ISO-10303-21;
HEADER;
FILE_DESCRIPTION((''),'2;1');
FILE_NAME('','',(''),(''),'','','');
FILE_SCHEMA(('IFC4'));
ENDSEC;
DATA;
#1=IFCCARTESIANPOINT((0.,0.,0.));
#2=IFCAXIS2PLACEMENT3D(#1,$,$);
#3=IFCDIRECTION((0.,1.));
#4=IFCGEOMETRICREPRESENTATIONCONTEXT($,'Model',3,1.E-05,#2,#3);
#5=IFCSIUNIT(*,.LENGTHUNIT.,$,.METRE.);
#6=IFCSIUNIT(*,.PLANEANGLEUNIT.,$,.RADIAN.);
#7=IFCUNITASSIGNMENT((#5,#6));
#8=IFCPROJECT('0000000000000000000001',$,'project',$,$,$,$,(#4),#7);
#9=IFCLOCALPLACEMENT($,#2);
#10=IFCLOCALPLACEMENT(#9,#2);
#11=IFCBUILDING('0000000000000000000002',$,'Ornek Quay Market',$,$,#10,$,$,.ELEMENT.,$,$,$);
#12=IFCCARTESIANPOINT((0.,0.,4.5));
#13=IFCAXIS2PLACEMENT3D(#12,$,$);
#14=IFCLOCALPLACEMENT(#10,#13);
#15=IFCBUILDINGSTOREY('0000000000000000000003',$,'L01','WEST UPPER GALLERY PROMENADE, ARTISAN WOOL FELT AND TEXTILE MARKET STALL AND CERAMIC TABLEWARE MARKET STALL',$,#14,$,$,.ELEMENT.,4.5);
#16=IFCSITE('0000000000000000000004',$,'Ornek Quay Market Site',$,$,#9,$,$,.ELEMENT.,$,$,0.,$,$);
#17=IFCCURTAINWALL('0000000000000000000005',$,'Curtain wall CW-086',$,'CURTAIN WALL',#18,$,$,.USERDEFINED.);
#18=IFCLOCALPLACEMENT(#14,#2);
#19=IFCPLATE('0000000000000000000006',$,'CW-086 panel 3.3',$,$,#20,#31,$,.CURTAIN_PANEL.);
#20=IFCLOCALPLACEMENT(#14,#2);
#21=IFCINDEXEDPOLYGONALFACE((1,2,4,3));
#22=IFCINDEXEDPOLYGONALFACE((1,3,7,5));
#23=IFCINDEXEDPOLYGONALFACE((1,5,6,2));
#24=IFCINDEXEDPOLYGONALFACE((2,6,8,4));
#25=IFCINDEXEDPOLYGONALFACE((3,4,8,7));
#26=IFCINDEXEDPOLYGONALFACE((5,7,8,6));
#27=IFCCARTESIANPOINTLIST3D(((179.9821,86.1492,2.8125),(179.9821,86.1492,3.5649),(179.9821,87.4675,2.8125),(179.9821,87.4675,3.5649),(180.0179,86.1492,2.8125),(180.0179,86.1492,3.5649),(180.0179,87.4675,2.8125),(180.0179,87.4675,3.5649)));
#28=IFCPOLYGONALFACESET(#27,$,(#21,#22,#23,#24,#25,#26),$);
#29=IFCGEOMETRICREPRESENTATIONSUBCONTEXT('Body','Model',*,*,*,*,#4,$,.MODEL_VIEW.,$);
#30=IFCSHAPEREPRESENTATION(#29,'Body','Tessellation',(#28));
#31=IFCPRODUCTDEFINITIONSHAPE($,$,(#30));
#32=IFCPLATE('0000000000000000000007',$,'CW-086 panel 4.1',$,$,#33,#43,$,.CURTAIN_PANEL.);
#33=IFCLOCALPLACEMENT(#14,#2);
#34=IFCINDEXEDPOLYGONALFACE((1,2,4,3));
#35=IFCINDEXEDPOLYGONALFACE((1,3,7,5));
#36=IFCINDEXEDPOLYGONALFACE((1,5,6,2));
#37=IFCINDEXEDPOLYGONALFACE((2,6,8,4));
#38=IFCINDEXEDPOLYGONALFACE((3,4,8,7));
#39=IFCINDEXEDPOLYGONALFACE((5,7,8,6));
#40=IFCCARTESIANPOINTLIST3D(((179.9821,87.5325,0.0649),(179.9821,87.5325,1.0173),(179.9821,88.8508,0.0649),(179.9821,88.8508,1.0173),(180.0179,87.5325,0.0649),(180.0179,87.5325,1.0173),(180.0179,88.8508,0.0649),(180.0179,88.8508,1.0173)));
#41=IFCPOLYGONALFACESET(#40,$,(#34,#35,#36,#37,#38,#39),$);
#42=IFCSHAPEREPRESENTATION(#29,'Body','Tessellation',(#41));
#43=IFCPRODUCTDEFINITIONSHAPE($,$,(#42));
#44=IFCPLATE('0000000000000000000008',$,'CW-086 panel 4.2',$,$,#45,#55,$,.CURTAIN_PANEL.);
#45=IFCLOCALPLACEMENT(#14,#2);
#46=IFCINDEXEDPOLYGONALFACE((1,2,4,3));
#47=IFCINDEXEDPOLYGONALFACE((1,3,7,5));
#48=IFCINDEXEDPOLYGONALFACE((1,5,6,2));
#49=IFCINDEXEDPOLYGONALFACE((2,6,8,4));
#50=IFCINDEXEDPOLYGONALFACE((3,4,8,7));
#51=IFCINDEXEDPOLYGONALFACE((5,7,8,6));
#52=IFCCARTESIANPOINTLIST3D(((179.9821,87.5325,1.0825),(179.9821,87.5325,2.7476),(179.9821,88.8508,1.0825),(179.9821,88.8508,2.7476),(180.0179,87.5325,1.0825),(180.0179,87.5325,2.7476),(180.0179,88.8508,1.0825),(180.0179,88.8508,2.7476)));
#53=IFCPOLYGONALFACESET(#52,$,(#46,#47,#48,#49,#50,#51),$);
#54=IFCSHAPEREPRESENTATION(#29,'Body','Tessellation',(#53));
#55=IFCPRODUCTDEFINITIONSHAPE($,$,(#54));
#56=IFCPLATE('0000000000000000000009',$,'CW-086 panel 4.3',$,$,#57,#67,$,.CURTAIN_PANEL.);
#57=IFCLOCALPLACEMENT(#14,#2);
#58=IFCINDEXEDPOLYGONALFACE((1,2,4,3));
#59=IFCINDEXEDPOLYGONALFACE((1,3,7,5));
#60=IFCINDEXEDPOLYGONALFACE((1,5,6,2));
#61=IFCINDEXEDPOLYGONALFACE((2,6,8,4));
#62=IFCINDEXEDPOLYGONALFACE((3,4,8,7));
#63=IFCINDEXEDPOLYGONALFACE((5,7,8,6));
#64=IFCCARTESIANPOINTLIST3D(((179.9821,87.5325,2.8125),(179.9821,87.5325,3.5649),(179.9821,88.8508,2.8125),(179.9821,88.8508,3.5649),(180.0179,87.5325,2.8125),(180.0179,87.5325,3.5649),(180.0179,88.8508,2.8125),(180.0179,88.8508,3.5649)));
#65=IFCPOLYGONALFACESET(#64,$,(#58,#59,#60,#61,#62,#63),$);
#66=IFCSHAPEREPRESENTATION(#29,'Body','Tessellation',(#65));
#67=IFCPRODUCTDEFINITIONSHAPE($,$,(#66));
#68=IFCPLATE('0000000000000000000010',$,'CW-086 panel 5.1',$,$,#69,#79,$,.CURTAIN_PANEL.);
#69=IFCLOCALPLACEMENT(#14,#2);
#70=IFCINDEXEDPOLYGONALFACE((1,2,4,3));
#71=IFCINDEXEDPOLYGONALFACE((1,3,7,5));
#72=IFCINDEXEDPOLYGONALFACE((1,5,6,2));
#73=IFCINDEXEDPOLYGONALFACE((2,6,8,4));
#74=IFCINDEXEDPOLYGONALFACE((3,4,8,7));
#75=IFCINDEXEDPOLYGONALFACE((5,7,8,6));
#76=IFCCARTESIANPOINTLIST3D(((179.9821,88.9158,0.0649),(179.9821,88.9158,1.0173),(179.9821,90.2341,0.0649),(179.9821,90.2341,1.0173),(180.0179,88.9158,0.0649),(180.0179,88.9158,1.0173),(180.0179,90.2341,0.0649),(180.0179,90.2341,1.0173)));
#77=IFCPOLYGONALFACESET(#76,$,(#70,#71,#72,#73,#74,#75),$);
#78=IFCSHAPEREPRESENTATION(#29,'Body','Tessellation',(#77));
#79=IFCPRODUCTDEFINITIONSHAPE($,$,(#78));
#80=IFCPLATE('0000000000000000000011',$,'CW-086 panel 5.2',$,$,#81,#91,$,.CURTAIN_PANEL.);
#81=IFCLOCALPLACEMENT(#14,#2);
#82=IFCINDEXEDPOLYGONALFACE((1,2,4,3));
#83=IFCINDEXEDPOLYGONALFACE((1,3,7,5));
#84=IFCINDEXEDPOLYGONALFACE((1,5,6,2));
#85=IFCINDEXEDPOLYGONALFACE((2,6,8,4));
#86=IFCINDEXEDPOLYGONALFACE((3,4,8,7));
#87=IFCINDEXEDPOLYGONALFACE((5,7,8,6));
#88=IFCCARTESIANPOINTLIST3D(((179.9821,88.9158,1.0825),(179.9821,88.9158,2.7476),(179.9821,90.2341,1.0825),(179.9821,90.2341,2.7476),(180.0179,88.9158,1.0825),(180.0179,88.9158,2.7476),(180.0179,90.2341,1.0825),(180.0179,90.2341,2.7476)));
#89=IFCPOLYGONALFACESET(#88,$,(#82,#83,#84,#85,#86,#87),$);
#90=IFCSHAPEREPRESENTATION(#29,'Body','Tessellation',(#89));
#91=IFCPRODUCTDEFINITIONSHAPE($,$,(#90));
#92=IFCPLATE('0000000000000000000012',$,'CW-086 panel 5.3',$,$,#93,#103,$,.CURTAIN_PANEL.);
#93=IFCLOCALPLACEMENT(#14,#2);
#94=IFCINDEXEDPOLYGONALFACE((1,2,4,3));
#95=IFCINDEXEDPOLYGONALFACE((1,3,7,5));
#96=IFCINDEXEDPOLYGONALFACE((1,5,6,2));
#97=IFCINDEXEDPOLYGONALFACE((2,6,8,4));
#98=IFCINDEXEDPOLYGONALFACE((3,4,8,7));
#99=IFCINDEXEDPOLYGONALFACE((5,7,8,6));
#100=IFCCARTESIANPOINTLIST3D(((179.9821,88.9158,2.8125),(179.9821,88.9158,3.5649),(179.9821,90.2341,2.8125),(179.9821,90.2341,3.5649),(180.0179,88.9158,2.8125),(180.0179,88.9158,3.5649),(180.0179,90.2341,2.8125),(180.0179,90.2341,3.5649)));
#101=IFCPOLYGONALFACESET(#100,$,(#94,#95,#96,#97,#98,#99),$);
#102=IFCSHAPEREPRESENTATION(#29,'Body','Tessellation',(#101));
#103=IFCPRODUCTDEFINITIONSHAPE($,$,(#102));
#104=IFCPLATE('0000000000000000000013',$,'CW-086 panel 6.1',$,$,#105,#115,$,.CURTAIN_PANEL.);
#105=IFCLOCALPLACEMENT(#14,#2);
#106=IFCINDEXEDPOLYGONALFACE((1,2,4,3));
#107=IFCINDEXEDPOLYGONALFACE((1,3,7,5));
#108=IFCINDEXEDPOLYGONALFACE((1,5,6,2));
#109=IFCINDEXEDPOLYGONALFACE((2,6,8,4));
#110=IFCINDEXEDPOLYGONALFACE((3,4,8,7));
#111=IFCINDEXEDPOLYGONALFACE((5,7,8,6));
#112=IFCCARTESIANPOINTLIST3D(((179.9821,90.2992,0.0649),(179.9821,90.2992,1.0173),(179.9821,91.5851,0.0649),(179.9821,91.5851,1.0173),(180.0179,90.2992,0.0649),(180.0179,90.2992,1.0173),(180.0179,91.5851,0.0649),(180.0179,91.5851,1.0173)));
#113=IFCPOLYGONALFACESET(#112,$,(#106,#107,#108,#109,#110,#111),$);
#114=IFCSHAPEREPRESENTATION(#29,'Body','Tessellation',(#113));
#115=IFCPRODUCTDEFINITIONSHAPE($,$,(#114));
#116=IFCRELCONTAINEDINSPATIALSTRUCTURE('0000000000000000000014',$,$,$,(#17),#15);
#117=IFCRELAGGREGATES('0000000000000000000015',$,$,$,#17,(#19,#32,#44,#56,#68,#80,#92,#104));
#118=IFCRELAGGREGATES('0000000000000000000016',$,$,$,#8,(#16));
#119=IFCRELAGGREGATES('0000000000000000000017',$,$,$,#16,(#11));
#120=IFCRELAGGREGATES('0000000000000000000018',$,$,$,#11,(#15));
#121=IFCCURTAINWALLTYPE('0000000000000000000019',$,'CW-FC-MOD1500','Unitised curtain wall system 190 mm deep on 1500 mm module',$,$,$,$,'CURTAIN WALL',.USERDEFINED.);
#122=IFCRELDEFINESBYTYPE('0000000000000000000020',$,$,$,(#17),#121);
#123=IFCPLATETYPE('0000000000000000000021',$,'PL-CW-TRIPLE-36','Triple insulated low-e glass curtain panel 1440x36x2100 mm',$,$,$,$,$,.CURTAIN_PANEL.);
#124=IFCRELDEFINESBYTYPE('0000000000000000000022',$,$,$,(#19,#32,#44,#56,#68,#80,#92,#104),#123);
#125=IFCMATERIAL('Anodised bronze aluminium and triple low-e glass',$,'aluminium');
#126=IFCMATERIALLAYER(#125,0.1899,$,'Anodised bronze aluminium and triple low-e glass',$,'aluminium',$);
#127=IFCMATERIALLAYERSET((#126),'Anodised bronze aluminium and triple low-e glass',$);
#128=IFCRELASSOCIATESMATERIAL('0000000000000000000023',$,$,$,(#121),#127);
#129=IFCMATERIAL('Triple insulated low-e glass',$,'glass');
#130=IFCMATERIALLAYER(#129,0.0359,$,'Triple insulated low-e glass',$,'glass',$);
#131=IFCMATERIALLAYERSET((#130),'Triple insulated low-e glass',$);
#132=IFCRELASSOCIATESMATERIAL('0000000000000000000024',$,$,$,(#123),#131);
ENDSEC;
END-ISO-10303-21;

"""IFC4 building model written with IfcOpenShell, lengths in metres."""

from ifc_helpers import new_model, si_unit, direction, frame, origin, origin_2d, place, context, subcontext, project, spatial, rectangle, extrude, material, layer, layer_set, type_object, element, aggregate, save


model = new_model("IFC4")

# Units and contexts
model_context = context("Model", 3, precision=1e-05, world=origin(), true_north=direction((0.0, 1.0)))
body_context = subcontext(model_context, "Body", "Model", "MODEL_VIEW")
ifc_project = project(units=[si_unit("LENGTHUNIT", "METRE"), si_unit("PLANEANGLEUNIT", "RADIAN")], contexts=[model_context])

# Site, building, storey
site_placement = place(None, origin())
site = spatial("IfcSite", under=ifc_project, at=site_placement, Name="Ornek Quay Market Site", CompositionType="ELEMENT", RefElevation=0.0)
building_placement = place(site_placement, origin())
building = spatial("IfcBuilding", under=site, at=building_placement, Name="Ornek Quay Market", CompositionType="ELEMENT")
storey_placement = place(building_placement, frame((0.0, 0.0, 4.5)))
storey = spatial("IfcBuildingStorey", under=building, at=storey_placement, Name="L01", Description="WEST UPPER GALLERY PROMENADE, ARTISAN WOOL FELT AND TEXTILE MARKET STALL AND CERAMIC TABLEWARE MARKET STALL", CompositionType="ELEMENT", Elevation=4.5)

# Curtain wall, plates
ifc_material_1 = material(Name="Anodised bronze aluminium and triple low-e glass", Category="aluminium")
ifc_layer_1 = layer(ifc_material_1, 0.1899, Name="Anodised bronze aluminium and triple low-e glass", Category="aluminium")
ifc_layer_set_1 = layer_set([ifc_layer_1], Name="Anodised bronze aluminium and triple low-e glass")
curtain_wall_type = type_object("IfcCurtainWallType", Name="CW-FC-MOD1500", Description="Unitised curtain wall system 190 mm deep on 1500 mm module", ElementType="CURTAIN WALL", PredefinedType="USERDEFINED", material=ifc_layer_set_1)
curtain_wall_placement = place(storey_placement, origin())
curtain_wall = element("IfcCurtainWall", 1, at=curtain_wall_placement, inside=storey, type_object=curtain_wall_type, Name="Curtain wall CW-086", ObjectType="CURTAIN WALL", PredefinedType="USERDEFINED")
ifc_material_2 = material(Name="Triple insulated low-e glass", Category="glass")
ifc_layer_2 = layer(ifc_material_2, 0.0359, Name="Triple insulated low-e glass", Category="glass")
ifc_layer_set_2 = layer_set([ifc_layer_2], Name="Triple insulated low-e glass")
plate_type = type_object("IfcPlateType", Name="PL-CW-TRIPLE-36", Description="Triple insulated low-e glass curtain panel 1440x36x2100 mm", PredefinedType="CURTAIN_PANEL", material=ifc_layer_set_2)
plate_1_placement = place(storey_placement, frame((180.0, 86.8083, 2.8125), z_axis=(0.0, 0.0, 1.0), x_axis=(0.0, 1.0, 0.0)))
plate_1 = element("IfcPlate", 2, at=plate_1_placement, type_object=plate_type, Name="CW-086 panel 3.3", PredefinedType="CURTAIN_PANEL", context=body_context, shape_type="SweptSolid", body=[
    extrude(rectangle(XDim=1.3184, YDim=0.0359, at=origin_2d()), origin(), (0.0, 0.0, 1.0), 0.7524),
])
plate_2_placement = place(storey_placement, frame((180.0, 88.1917, 0.0649), z_axis=(0.0, 0.0, 1.0), x_axis=(0.0, 1.0, 0.0)))
plate_2 = element("IfcPlate", 3, at=plate_2_placement, type_object=plate_type, Name="CW-086 panel 4.1", PredefinedType="CURTAIN_PANEL", context=body_context, shape_type="SweptSolid", body=[
    extrude(rectangle(XDim=1.3184, YDim=0.0359, at=origin_2d()), origin(), (0.0, 0.0, 1.0), 0.9524),
])
plate_3_placement = place(storey_placement, frame((180.0, 88.1917, 1.0825), z_axis=(0.0, 0.0, 1.0), x_axis=(0.0, 1.0, 0.0)))
plate_3 = element("IfcPlate", 4, at=plate_3_placement, type_object=plate_type, Name="CW-086 panel 4.2", PredefinedType="CURTAIN_PANEL", context=body_context, shape_type="SweptSolid", body=[
    extrude(rectangle(XDim=1.3184, YDim=0.0359, at=origin_2d()), origin(), (0.0, 0.0, 1.0), 1.665),
])
plate_4_placement = place(storey_placement, frame((180.0, 88.1917, 2.8125), z_axis=(0.0, 0.0, 1.0), x_axis=(0.0, 1.0, 0.0)))
plate_4 = element("IfcPlate", 5, at=plate_4_placement, type_object=plate_type, Name="CW-086 panel 4.3", PredefinedType="CURTAIN_PANEL", context=body_context, shape_type="SweptSolid", body=[
    extrude(rectangle(XDim=1.3184, YDim=0.0359, at=origin_2d()), origin(), (0.0, 0.0, 1.0), 0.7524),
])
plate_5_placement = place(storey_placement, frame((180.0, 89.575, 0.0649), z_axis=(0.0, 0.0, 1.0), x_axis=(0.0, 1.0, 0.0)))
plate_5 = element("IfcPlate", 6, at=plate_5_placement, type_object=plate_type, Name="CW-086 panel 5.1", PredefinedType="CURTAIN_PANEL", context=body_context, shape_type="SweptSolid", body=[
    extrude(rectangle(XDim=1.3184, YDim=0.0359, at=origin_2d()), origin(), (0.0, 0.0, 1.0), 0.9524),
])
plate_6_placement = place(storey_placement, frame((180.0, 89.575, 1.0825), z_axis=(0.0, 0.0, 1.0), x_axis=(0.0, 1.0, 0.0)))
plate_6 = element("IfcPlate", 7, at=plate_6_placement, type_object=plate_type, Name="CW-086 panel 5.2", PredefinedType="CURTAIN_PANEL", context=body_context, shape_type="SweptSolid", body=[
    extrude(rectangle(XDim=1.3184, YDim=0.0359, at=origin_2d()), origin(), (0.0, 0.0, 1.0), 1.665),
])
plate_7_placement = place(storey_placement, frame((180.0, 89.575, 2.8125), z_axis=(0.0, 0.0, 1.0), x_axis=(0.0, 1.0, 0.0)))
plate_7 = element("IfcPlate", 8, at=plate_7_placement, type_object=plate_type, Name="CW-086 panel 5.3", PredefinedType="CURTAIN_PANEL", context=body_context, shape_type="SweptSolid", body=[
    extrude(rectangle(XDim=1.3184, YDim=0.0359, at=origin_2d()), origin(), (0.0, 0.0, 1.0), 0.7524),
])
plate_8_placement = place(storey_placement, frame((180.0, 90.9421, 0.0649), z_axis=(0.0, 0.0, 1.0), x_axis=(0.0, 1.0, 0.0)))
plate_8 = element("IfcPlate", 9, at=plate_8_placement, type_object=plate_type, Name="CW-086 panel 6.1", PredefinedType="CURTAIN_PANEL", context=body_context, shape_type="SweptSolid", body=[
    extrude(rectangle(XDim=1.2859, YDim=0.0359, at=origin_2d()), origin(), (0.0, 0.0, 1.0), 0.9524),
])
aggregate(curtain_wall, [plate_1, plate_2, plate_3, plate_4, plate_5, plate_6, plate_7, plate_8])

save(model, "model.ifc")
